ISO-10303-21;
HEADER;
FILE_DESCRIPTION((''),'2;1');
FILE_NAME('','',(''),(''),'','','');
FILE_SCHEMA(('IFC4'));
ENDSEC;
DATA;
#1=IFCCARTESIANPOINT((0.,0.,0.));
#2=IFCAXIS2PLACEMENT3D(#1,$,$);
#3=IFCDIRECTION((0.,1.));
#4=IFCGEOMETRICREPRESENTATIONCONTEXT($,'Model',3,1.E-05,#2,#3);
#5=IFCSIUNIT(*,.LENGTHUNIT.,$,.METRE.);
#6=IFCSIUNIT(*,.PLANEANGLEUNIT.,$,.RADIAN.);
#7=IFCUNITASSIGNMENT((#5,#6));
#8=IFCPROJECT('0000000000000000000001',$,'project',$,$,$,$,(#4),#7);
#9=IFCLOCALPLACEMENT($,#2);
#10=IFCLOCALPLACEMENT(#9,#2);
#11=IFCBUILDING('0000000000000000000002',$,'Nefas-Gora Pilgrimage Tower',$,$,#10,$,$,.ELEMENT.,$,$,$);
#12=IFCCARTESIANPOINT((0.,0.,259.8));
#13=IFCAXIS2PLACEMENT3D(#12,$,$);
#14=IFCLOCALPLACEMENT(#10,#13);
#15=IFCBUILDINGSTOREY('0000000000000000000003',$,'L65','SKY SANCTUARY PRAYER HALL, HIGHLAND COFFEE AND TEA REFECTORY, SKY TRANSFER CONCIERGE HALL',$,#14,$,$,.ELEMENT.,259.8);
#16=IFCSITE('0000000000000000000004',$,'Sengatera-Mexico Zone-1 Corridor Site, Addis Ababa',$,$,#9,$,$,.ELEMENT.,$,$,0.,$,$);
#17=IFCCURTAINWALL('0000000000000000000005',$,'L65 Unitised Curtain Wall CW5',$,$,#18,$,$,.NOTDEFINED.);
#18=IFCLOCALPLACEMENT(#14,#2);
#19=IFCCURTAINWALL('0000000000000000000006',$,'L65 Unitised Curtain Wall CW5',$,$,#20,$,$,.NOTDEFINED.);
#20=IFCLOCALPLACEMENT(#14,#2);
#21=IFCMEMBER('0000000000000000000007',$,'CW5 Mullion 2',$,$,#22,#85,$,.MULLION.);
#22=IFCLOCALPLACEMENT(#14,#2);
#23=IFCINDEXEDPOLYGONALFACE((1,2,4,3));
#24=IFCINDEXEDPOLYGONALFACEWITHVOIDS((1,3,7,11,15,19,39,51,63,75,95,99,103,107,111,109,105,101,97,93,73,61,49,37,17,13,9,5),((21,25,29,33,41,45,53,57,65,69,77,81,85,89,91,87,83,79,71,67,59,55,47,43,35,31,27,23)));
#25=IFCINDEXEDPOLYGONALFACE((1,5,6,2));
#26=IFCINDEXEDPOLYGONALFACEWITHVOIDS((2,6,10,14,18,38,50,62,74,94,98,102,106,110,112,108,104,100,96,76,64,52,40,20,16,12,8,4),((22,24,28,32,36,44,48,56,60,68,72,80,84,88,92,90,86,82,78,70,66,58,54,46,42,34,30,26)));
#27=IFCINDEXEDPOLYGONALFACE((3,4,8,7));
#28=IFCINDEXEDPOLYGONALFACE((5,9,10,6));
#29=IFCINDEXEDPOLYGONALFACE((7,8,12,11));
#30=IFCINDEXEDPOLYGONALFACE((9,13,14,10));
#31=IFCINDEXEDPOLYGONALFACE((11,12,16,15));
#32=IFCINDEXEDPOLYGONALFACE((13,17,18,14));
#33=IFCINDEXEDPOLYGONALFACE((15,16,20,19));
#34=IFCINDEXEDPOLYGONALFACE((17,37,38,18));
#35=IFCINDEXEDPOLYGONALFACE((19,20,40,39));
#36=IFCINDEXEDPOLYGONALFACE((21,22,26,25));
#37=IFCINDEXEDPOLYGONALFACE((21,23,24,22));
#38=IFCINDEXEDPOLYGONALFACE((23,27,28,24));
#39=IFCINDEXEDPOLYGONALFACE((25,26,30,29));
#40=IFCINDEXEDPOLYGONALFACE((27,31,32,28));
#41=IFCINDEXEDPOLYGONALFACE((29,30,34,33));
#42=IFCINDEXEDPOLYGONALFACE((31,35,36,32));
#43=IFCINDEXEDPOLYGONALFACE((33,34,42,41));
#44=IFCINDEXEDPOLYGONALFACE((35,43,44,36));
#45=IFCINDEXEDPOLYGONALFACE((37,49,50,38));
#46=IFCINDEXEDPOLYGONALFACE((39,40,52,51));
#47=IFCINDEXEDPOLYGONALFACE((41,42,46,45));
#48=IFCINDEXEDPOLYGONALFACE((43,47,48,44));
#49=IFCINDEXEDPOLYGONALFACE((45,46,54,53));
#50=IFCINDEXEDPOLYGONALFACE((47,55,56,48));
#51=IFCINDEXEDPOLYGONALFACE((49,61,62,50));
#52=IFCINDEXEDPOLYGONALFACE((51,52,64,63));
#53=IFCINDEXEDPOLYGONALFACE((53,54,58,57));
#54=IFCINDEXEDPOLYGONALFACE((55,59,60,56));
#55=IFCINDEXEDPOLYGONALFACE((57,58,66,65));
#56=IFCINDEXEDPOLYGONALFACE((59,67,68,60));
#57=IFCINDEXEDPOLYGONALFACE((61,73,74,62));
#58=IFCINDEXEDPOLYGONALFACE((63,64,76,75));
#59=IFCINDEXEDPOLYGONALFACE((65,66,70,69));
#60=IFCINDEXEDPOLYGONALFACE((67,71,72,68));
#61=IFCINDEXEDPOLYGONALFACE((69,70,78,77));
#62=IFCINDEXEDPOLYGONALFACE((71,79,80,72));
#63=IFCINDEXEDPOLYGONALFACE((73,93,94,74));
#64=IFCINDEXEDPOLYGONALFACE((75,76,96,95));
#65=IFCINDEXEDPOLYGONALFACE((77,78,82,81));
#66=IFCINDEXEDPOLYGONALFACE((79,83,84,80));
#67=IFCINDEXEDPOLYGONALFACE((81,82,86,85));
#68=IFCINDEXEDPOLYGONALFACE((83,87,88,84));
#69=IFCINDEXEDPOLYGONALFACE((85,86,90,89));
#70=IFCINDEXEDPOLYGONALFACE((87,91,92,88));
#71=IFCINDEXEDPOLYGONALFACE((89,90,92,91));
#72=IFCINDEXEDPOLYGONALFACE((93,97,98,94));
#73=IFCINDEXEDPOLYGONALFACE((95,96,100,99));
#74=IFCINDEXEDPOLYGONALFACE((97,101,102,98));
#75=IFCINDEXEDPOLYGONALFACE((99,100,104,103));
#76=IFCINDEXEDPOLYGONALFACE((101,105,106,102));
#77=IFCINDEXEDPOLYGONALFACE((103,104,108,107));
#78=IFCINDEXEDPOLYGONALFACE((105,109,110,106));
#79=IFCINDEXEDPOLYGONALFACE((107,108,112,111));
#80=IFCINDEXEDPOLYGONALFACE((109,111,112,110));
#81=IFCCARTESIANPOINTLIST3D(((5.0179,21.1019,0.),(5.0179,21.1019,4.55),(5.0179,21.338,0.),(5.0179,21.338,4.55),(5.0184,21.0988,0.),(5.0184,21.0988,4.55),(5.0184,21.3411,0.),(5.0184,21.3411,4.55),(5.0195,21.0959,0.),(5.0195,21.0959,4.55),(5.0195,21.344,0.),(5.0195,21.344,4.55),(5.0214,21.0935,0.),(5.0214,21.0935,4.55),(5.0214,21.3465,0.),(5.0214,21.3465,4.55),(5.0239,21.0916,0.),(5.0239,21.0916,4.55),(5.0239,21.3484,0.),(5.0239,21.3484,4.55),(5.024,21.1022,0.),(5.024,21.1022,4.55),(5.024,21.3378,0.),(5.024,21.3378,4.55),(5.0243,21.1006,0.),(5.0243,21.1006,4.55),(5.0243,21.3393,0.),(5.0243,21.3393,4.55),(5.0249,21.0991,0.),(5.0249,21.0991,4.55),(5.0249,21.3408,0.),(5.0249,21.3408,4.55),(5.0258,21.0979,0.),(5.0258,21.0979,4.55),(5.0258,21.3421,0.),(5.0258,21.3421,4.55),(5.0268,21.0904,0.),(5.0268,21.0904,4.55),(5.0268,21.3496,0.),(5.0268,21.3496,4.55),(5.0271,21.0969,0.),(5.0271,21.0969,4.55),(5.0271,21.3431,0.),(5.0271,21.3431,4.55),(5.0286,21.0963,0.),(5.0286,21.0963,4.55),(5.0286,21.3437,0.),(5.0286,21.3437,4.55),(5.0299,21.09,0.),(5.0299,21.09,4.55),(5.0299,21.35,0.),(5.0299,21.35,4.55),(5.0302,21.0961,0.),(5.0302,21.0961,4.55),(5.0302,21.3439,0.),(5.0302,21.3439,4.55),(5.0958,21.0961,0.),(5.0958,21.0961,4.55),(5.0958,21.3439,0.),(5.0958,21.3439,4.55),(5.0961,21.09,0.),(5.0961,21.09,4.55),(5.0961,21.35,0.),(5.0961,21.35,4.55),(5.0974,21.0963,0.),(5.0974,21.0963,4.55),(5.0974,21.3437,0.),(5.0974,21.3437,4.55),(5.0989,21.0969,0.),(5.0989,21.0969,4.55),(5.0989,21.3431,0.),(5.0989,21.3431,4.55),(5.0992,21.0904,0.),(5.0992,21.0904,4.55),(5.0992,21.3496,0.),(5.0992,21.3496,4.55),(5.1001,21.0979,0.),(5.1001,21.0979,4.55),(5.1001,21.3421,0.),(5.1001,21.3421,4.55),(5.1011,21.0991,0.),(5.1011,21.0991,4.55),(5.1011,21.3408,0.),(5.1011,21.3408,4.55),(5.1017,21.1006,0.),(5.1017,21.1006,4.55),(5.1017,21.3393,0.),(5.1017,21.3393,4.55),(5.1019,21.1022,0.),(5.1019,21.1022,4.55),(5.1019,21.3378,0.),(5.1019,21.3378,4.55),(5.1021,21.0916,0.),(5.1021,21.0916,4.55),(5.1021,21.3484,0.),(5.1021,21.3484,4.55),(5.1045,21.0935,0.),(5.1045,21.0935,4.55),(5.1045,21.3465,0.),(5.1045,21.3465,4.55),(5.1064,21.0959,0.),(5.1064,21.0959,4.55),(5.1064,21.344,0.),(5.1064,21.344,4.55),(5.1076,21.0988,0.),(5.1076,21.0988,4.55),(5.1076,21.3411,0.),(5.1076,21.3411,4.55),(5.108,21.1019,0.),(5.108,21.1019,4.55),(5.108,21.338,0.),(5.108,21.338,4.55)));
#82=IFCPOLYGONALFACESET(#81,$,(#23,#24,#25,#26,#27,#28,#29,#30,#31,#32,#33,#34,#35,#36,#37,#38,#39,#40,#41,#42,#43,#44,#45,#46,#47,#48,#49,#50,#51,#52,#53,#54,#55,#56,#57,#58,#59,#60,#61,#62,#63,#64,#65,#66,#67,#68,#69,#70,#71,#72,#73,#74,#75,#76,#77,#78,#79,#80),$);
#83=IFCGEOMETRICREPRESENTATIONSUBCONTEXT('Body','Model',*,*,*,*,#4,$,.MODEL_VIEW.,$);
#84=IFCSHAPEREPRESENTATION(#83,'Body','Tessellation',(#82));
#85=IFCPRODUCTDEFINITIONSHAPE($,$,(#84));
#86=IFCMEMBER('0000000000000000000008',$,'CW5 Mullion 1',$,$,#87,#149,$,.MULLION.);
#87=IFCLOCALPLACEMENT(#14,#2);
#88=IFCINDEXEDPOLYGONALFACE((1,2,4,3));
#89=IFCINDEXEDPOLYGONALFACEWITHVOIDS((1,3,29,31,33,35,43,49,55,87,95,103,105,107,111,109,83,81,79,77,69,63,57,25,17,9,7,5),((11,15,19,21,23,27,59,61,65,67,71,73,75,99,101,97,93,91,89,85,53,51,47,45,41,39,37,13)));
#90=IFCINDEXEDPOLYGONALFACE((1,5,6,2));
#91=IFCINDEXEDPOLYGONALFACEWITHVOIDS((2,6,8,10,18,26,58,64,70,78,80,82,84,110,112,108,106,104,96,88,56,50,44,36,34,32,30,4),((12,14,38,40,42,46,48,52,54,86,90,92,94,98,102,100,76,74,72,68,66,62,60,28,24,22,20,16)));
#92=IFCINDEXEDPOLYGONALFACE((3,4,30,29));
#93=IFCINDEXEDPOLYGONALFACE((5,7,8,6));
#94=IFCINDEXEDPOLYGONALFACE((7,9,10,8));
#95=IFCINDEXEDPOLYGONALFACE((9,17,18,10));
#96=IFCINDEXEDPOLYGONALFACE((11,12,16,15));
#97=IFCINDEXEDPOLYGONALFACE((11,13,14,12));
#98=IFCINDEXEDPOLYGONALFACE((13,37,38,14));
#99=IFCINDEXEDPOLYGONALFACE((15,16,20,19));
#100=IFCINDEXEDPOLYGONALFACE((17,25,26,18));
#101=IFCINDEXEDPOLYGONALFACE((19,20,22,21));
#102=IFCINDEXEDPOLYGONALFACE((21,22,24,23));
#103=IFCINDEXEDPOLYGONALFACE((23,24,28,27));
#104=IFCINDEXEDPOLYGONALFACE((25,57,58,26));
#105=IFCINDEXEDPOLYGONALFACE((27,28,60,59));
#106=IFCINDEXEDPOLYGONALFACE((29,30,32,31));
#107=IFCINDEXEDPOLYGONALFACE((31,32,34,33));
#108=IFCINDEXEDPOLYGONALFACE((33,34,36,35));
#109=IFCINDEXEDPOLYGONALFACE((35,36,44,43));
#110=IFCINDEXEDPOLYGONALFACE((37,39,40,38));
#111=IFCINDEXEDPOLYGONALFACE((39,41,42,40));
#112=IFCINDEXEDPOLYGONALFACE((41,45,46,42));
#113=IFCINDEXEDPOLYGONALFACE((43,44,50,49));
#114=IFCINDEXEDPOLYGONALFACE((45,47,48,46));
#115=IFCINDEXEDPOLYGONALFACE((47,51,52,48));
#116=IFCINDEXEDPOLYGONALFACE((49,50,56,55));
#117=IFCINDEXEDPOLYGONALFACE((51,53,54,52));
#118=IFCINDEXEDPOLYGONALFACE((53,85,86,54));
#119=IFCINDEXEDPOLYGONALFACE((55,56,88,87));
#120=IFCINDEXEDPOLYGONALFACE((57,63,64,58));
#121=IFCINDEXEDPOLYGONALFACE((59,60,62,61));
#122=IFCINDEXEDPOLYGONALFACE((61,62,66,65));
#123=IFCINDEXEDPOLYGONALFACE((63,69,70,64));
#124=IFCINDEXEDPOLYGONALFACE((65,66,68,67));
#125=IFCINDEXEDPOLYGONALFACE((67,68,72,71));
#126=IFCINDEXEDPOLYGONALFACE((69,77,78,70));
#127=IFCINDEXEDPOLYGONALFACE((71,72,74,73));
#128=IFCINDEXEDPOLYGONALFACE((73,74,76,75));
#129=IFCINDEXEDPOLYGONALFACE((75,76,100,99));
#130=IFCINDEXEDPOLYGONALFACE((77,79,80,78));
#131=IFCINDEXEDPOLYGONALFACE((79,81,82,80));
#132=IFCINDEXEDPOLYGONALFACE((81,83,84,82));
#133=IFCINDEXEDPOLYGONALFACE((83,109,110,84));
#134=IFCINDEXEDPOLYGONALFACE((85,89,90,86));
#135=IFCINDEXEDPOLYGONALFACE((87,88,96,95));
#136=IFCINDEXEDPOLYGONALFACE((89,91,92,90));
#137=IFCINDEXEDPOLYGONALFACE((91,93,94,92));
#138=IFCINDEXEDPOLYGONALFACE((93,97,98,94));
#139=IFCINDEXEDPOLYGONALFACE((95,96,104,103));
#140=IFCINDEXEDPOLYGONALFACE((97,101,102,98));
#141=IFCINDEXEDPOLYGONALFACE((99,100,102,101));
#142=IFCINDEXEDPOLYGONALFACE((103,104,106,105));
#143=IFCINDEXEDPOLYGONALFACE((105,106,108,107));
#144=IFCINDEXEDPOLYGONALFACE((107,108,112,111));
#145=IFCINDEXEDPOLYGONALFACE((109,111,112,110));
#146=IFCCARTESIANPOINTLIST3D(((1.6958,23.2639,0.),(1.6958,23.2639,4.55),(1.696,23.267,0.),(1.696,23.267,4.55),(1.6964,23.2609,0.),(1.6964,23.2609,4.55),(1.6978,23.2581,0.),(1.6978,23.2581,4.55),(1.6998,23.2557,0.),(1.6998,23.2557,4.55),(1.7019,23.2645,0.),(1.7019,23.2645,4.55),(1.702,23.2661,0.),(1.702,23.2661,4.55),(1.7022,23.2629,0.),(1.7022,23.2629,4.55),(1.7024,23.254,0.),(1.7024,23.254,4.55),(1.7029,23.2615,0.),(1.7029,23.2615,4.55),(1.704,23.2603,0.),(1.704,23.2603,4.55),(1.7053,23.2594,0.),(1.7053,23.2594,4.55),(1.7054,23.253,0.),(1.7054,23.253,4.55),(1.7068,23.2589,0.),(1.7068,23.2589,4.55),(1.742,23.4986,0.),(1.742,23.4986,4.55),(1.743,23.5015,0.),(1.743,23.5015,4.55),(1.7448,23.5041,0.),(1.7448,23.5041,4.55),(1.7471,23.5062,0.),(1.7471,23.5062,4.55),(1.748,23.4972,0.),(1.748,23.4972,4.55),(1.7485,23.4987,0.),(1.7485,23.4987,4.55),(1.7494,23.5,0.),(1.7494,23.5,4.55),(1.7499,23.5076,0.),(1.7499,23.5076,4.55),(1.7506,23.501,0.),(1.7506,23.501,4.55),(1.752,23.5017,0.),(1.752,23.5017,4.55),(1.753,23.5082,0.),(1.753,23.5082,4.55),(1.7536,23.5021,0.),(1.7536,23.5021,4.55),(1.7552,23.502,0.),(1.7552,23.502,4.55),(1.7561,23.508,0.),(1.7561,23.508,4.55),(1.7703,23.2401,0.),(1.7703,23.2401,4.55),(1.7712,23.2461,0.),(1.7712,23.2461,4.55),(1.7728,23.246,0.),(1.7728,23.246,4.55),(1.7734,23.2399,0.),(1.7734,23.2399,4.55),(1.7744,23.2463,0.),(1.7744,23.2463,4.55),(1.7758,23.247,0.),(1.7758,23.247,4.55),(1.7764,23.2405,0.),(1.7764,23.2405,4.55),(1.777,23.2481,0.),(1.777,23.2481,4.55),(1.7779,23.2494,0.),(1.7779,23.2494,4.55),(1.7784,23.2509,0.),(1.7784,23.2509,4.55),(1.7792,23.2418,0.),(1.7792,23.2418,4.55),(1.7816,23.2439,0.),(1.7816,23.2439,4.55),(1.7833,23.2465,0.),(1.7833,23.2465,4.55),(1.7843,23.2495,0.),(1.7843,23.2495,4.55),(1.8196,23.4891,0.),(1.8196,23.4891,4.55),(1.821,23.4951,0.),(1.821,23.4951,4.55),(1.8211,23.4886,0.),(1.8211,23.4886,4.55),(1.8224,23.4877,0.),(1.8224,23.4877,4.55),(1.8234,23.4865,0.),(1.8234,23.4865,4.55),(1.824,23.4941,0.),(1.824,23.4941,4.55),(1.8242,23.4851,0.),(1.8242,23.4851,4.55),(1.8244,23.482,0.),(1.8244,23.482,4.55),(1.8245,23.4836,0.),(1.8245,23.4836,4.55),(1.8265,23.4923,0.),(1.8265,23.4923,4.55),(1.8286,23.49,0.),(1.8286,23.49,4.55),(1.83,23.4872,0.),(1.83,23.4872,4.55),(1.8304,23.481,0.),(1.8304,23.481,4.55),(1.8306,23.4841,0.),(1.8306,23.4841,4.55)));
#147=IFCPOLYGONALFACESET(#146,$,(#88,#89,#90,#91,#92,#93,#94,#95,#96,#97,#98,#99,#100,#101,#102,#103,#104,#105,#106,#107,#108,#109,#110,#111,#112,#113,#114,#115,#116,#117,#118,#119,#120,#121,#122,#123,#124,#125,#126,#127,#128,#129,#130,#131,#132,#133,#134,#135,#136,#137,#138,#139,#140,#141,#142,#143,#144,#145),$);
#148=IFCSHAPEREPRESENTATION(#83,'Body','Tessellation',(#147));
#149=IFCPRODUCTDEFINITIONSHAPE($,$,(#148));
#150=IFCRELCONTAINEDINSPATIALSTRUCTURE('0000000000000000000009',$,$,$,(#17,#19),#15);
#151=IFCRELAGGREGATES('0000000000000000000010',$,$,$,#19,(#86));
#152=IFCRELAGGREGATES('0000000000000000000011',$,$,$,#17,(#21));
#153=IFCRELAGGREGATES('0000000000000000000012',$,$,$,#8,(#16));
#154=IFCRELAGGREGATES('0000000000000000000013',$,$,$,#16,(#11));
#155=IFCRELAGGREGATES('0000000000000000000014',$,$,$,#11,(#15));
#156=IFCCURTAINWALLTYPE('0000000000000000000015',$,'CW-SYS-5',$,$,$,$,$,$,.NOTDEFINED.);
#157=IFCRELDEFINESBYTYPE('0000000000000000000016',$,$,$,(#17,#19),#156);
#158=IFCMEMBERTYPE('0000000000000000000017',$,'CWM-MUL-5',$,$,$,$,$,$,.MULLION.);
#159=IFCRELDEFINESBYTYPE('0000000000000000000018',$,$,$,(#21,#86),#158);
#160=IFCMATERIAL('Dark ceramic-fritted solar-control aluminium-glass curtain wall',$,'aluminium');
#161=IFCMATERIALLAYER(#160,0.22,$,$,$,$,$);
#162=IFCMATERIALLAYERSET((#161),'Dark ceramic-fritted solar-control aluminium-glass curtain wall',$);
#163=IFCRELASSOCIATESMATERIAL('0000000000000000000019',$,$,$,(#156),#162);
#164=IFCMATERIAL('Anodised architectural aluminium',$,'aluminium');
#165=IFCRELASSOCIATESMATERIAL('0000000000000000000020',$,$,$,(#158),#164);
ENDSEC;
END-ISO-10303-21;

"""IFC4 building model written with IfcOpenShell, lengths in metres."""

from ifc_helpers import new_model, si_unit, direction, frame, origin, origin_2d, place, context, subcontext, project, spatial, hollow_rectangle, extrude, source, transform, mapped, material, layer, layer_set, material_profile, profile_set, type_object, element, aggregate, save


model = new_model("IFC4")

# Units and contexts
model_context = context("Model", 3, precision=1e-05, world=origin(), true_north=direction((0.0, 1.0)))
body_context = subcontext(model_context, "Body", "Model", "MODEL_VIEW")
ifc_project = project(units=[si_unit("LENGTHUNIT", "METRE"), si_unit("PLANEANGLEUNIT", "RADIAN")], contexts=[model_context])

# Site, building, storey
site_placement = place(None, origin())
site = spatial("IfcSite", under=ifc_project, at=site_placement, Name="Sengatera-Mexico Zone-1 Corridor Site, Addis Ababa", CompositionType="ELEMENT", RefElevation=0.0)
building_placement = place(site_placement, origin())
building = spatial("IfcBuilding", under=site, at=building_placement, Name="Nefas-Gora Pilgrimage Tower", CompositionType="ELEMENT")
storey_placement = place(building_placement, frame((0.0, 0.0, 259.8)))
storey = spatial("IfcBuildingStorey", under=building, at=storey_placement, Name="L65", Description="SKY SANCTUARY PRAYER HALL, HIGHLAND COFFEE AND TEA REFECTORY, SKY TRANSFER CONCIERGE HALL", CompositionType="ELEMENT", Elevation=259.8)

# Curtain walls
ifc_material_1 = material(Name="Dark ceramic-fritted solar-control aluminium-glass curtain wall", Category="aluminium")
ifc_layer_1 = layer(ifc_material_1, 0.22)
ifc_layer_set_1 = layer_set([ifc_layer_1], Name="Dark ceramic-fritted solar-control aluminium-glass curtain wall")
curtain_wall_type_1 = type_object("IfcCurtainWallType", Name="CW-SYS-5", PredefinedType="NOTDEFINED", material=ifc_layer_set_1)
curtain_wall_1_placement = place(storey_placement, origin())
curtain_wall_1 = element("IfcCurtainWall", 1, at=curtain_wall_1_placement, inside=storey, type_object=curtain_wall_type_1, Name="L65 Unitised Curtain Wall CW5", PredefinedType="NOTDEFINED")
ifc_material_2 = material(Name="Anodised architectural aluminium", Category="aluminium")
curtain_wall_2_placement = place(storey_placement, origin())
curtain_wall_2 = element("IfcCurtainWall", 2, at=curtain_wall_2_placement, inside=storey, type_object=curtain_wall_type_1, Name="L65 Unitised Curtain Wall CW5", PredefinedType="NOTDEFINED")

# Members
ifc_material_profile_1 = material_profile(ifc_material_2, hollow_rectangle(XDim=0.0901, YDim=0.26, WallThickness=0.0061, InnerFilletRadius=0.0061, OuterFilletRadius=0.012, at=origin_2d()), Name="ALU MULLION 90x260")
ifc_profile_set_1 = profile_set([ifc_material_profile_1], Name="Anodised architectural aluminium")
member_type_1 = type_object("IfcMemberType", Name="CWM-MUL-5", PredefinedType="MULLION", material=ifc_profile_set_1)
shared_shape_1 = source(origin(), body_context, "Body", "SweptSolid", [
    extrude(hollow_rectangle(XDim=0.0901, YDim=0.26, WallThickness=0.0061, InnerFilletRadius=0.0061, OuterFilletRadius=0.012, at=origin_2d()), origin(), (0.0, 0.0, 1.0), 4.55),
])
member_1_placement = place(storey_placement, frame((5.063, 21.22, 0.0), z_axis=(0.0, 0.0, 1.0), x_axis=(-1.0, 0.0, 0.0)))
member_1 = element("IfcMember", 3, at=member_1_placement, type_object=member_type_1, Name="CW5 Mullion 2", PredefinedType="MULLION", context=body_context, shape_type="MappedRepresentation", body=[
    mapped(shared_shape_1, transform((0.0, 0.0, 0.0), x_axis=(1.0, 0.0, 0.0), y_axis=(0.0, 1.0, 0.0), z_axis=(0.0, 0.0, 1.0), scale=1.0)),
])
member_2_placement = place(storey_placement, frame((1.7632, 23.374, 0.0), z_axis=(0.0, 0.0, 1.0), x_axis=(-0.980783, 0.195102, 0.0)))
member_2 = element("IfcMember", 4, at=member_2_placement, type_object=member_type_1, Name="CW5 Mullion 1", PredefinedType="MULLION", context=body_context, shape_type="MappedRepresentation", body=[
    mapped(shared_shape_1, transform((0.0, 0.0, 0.0), x_axis=(1.0, 0.0, 0.0), y_axis=(0.0, 1.0, 0.0), z_axis=(0.0, 0.0, 1.0), scale=1.0)),
])
aggregate(curtain_wall_2, [member_2])

aggregate(curtain_wall_1, [member_1])

save(model, "model.ifc")
